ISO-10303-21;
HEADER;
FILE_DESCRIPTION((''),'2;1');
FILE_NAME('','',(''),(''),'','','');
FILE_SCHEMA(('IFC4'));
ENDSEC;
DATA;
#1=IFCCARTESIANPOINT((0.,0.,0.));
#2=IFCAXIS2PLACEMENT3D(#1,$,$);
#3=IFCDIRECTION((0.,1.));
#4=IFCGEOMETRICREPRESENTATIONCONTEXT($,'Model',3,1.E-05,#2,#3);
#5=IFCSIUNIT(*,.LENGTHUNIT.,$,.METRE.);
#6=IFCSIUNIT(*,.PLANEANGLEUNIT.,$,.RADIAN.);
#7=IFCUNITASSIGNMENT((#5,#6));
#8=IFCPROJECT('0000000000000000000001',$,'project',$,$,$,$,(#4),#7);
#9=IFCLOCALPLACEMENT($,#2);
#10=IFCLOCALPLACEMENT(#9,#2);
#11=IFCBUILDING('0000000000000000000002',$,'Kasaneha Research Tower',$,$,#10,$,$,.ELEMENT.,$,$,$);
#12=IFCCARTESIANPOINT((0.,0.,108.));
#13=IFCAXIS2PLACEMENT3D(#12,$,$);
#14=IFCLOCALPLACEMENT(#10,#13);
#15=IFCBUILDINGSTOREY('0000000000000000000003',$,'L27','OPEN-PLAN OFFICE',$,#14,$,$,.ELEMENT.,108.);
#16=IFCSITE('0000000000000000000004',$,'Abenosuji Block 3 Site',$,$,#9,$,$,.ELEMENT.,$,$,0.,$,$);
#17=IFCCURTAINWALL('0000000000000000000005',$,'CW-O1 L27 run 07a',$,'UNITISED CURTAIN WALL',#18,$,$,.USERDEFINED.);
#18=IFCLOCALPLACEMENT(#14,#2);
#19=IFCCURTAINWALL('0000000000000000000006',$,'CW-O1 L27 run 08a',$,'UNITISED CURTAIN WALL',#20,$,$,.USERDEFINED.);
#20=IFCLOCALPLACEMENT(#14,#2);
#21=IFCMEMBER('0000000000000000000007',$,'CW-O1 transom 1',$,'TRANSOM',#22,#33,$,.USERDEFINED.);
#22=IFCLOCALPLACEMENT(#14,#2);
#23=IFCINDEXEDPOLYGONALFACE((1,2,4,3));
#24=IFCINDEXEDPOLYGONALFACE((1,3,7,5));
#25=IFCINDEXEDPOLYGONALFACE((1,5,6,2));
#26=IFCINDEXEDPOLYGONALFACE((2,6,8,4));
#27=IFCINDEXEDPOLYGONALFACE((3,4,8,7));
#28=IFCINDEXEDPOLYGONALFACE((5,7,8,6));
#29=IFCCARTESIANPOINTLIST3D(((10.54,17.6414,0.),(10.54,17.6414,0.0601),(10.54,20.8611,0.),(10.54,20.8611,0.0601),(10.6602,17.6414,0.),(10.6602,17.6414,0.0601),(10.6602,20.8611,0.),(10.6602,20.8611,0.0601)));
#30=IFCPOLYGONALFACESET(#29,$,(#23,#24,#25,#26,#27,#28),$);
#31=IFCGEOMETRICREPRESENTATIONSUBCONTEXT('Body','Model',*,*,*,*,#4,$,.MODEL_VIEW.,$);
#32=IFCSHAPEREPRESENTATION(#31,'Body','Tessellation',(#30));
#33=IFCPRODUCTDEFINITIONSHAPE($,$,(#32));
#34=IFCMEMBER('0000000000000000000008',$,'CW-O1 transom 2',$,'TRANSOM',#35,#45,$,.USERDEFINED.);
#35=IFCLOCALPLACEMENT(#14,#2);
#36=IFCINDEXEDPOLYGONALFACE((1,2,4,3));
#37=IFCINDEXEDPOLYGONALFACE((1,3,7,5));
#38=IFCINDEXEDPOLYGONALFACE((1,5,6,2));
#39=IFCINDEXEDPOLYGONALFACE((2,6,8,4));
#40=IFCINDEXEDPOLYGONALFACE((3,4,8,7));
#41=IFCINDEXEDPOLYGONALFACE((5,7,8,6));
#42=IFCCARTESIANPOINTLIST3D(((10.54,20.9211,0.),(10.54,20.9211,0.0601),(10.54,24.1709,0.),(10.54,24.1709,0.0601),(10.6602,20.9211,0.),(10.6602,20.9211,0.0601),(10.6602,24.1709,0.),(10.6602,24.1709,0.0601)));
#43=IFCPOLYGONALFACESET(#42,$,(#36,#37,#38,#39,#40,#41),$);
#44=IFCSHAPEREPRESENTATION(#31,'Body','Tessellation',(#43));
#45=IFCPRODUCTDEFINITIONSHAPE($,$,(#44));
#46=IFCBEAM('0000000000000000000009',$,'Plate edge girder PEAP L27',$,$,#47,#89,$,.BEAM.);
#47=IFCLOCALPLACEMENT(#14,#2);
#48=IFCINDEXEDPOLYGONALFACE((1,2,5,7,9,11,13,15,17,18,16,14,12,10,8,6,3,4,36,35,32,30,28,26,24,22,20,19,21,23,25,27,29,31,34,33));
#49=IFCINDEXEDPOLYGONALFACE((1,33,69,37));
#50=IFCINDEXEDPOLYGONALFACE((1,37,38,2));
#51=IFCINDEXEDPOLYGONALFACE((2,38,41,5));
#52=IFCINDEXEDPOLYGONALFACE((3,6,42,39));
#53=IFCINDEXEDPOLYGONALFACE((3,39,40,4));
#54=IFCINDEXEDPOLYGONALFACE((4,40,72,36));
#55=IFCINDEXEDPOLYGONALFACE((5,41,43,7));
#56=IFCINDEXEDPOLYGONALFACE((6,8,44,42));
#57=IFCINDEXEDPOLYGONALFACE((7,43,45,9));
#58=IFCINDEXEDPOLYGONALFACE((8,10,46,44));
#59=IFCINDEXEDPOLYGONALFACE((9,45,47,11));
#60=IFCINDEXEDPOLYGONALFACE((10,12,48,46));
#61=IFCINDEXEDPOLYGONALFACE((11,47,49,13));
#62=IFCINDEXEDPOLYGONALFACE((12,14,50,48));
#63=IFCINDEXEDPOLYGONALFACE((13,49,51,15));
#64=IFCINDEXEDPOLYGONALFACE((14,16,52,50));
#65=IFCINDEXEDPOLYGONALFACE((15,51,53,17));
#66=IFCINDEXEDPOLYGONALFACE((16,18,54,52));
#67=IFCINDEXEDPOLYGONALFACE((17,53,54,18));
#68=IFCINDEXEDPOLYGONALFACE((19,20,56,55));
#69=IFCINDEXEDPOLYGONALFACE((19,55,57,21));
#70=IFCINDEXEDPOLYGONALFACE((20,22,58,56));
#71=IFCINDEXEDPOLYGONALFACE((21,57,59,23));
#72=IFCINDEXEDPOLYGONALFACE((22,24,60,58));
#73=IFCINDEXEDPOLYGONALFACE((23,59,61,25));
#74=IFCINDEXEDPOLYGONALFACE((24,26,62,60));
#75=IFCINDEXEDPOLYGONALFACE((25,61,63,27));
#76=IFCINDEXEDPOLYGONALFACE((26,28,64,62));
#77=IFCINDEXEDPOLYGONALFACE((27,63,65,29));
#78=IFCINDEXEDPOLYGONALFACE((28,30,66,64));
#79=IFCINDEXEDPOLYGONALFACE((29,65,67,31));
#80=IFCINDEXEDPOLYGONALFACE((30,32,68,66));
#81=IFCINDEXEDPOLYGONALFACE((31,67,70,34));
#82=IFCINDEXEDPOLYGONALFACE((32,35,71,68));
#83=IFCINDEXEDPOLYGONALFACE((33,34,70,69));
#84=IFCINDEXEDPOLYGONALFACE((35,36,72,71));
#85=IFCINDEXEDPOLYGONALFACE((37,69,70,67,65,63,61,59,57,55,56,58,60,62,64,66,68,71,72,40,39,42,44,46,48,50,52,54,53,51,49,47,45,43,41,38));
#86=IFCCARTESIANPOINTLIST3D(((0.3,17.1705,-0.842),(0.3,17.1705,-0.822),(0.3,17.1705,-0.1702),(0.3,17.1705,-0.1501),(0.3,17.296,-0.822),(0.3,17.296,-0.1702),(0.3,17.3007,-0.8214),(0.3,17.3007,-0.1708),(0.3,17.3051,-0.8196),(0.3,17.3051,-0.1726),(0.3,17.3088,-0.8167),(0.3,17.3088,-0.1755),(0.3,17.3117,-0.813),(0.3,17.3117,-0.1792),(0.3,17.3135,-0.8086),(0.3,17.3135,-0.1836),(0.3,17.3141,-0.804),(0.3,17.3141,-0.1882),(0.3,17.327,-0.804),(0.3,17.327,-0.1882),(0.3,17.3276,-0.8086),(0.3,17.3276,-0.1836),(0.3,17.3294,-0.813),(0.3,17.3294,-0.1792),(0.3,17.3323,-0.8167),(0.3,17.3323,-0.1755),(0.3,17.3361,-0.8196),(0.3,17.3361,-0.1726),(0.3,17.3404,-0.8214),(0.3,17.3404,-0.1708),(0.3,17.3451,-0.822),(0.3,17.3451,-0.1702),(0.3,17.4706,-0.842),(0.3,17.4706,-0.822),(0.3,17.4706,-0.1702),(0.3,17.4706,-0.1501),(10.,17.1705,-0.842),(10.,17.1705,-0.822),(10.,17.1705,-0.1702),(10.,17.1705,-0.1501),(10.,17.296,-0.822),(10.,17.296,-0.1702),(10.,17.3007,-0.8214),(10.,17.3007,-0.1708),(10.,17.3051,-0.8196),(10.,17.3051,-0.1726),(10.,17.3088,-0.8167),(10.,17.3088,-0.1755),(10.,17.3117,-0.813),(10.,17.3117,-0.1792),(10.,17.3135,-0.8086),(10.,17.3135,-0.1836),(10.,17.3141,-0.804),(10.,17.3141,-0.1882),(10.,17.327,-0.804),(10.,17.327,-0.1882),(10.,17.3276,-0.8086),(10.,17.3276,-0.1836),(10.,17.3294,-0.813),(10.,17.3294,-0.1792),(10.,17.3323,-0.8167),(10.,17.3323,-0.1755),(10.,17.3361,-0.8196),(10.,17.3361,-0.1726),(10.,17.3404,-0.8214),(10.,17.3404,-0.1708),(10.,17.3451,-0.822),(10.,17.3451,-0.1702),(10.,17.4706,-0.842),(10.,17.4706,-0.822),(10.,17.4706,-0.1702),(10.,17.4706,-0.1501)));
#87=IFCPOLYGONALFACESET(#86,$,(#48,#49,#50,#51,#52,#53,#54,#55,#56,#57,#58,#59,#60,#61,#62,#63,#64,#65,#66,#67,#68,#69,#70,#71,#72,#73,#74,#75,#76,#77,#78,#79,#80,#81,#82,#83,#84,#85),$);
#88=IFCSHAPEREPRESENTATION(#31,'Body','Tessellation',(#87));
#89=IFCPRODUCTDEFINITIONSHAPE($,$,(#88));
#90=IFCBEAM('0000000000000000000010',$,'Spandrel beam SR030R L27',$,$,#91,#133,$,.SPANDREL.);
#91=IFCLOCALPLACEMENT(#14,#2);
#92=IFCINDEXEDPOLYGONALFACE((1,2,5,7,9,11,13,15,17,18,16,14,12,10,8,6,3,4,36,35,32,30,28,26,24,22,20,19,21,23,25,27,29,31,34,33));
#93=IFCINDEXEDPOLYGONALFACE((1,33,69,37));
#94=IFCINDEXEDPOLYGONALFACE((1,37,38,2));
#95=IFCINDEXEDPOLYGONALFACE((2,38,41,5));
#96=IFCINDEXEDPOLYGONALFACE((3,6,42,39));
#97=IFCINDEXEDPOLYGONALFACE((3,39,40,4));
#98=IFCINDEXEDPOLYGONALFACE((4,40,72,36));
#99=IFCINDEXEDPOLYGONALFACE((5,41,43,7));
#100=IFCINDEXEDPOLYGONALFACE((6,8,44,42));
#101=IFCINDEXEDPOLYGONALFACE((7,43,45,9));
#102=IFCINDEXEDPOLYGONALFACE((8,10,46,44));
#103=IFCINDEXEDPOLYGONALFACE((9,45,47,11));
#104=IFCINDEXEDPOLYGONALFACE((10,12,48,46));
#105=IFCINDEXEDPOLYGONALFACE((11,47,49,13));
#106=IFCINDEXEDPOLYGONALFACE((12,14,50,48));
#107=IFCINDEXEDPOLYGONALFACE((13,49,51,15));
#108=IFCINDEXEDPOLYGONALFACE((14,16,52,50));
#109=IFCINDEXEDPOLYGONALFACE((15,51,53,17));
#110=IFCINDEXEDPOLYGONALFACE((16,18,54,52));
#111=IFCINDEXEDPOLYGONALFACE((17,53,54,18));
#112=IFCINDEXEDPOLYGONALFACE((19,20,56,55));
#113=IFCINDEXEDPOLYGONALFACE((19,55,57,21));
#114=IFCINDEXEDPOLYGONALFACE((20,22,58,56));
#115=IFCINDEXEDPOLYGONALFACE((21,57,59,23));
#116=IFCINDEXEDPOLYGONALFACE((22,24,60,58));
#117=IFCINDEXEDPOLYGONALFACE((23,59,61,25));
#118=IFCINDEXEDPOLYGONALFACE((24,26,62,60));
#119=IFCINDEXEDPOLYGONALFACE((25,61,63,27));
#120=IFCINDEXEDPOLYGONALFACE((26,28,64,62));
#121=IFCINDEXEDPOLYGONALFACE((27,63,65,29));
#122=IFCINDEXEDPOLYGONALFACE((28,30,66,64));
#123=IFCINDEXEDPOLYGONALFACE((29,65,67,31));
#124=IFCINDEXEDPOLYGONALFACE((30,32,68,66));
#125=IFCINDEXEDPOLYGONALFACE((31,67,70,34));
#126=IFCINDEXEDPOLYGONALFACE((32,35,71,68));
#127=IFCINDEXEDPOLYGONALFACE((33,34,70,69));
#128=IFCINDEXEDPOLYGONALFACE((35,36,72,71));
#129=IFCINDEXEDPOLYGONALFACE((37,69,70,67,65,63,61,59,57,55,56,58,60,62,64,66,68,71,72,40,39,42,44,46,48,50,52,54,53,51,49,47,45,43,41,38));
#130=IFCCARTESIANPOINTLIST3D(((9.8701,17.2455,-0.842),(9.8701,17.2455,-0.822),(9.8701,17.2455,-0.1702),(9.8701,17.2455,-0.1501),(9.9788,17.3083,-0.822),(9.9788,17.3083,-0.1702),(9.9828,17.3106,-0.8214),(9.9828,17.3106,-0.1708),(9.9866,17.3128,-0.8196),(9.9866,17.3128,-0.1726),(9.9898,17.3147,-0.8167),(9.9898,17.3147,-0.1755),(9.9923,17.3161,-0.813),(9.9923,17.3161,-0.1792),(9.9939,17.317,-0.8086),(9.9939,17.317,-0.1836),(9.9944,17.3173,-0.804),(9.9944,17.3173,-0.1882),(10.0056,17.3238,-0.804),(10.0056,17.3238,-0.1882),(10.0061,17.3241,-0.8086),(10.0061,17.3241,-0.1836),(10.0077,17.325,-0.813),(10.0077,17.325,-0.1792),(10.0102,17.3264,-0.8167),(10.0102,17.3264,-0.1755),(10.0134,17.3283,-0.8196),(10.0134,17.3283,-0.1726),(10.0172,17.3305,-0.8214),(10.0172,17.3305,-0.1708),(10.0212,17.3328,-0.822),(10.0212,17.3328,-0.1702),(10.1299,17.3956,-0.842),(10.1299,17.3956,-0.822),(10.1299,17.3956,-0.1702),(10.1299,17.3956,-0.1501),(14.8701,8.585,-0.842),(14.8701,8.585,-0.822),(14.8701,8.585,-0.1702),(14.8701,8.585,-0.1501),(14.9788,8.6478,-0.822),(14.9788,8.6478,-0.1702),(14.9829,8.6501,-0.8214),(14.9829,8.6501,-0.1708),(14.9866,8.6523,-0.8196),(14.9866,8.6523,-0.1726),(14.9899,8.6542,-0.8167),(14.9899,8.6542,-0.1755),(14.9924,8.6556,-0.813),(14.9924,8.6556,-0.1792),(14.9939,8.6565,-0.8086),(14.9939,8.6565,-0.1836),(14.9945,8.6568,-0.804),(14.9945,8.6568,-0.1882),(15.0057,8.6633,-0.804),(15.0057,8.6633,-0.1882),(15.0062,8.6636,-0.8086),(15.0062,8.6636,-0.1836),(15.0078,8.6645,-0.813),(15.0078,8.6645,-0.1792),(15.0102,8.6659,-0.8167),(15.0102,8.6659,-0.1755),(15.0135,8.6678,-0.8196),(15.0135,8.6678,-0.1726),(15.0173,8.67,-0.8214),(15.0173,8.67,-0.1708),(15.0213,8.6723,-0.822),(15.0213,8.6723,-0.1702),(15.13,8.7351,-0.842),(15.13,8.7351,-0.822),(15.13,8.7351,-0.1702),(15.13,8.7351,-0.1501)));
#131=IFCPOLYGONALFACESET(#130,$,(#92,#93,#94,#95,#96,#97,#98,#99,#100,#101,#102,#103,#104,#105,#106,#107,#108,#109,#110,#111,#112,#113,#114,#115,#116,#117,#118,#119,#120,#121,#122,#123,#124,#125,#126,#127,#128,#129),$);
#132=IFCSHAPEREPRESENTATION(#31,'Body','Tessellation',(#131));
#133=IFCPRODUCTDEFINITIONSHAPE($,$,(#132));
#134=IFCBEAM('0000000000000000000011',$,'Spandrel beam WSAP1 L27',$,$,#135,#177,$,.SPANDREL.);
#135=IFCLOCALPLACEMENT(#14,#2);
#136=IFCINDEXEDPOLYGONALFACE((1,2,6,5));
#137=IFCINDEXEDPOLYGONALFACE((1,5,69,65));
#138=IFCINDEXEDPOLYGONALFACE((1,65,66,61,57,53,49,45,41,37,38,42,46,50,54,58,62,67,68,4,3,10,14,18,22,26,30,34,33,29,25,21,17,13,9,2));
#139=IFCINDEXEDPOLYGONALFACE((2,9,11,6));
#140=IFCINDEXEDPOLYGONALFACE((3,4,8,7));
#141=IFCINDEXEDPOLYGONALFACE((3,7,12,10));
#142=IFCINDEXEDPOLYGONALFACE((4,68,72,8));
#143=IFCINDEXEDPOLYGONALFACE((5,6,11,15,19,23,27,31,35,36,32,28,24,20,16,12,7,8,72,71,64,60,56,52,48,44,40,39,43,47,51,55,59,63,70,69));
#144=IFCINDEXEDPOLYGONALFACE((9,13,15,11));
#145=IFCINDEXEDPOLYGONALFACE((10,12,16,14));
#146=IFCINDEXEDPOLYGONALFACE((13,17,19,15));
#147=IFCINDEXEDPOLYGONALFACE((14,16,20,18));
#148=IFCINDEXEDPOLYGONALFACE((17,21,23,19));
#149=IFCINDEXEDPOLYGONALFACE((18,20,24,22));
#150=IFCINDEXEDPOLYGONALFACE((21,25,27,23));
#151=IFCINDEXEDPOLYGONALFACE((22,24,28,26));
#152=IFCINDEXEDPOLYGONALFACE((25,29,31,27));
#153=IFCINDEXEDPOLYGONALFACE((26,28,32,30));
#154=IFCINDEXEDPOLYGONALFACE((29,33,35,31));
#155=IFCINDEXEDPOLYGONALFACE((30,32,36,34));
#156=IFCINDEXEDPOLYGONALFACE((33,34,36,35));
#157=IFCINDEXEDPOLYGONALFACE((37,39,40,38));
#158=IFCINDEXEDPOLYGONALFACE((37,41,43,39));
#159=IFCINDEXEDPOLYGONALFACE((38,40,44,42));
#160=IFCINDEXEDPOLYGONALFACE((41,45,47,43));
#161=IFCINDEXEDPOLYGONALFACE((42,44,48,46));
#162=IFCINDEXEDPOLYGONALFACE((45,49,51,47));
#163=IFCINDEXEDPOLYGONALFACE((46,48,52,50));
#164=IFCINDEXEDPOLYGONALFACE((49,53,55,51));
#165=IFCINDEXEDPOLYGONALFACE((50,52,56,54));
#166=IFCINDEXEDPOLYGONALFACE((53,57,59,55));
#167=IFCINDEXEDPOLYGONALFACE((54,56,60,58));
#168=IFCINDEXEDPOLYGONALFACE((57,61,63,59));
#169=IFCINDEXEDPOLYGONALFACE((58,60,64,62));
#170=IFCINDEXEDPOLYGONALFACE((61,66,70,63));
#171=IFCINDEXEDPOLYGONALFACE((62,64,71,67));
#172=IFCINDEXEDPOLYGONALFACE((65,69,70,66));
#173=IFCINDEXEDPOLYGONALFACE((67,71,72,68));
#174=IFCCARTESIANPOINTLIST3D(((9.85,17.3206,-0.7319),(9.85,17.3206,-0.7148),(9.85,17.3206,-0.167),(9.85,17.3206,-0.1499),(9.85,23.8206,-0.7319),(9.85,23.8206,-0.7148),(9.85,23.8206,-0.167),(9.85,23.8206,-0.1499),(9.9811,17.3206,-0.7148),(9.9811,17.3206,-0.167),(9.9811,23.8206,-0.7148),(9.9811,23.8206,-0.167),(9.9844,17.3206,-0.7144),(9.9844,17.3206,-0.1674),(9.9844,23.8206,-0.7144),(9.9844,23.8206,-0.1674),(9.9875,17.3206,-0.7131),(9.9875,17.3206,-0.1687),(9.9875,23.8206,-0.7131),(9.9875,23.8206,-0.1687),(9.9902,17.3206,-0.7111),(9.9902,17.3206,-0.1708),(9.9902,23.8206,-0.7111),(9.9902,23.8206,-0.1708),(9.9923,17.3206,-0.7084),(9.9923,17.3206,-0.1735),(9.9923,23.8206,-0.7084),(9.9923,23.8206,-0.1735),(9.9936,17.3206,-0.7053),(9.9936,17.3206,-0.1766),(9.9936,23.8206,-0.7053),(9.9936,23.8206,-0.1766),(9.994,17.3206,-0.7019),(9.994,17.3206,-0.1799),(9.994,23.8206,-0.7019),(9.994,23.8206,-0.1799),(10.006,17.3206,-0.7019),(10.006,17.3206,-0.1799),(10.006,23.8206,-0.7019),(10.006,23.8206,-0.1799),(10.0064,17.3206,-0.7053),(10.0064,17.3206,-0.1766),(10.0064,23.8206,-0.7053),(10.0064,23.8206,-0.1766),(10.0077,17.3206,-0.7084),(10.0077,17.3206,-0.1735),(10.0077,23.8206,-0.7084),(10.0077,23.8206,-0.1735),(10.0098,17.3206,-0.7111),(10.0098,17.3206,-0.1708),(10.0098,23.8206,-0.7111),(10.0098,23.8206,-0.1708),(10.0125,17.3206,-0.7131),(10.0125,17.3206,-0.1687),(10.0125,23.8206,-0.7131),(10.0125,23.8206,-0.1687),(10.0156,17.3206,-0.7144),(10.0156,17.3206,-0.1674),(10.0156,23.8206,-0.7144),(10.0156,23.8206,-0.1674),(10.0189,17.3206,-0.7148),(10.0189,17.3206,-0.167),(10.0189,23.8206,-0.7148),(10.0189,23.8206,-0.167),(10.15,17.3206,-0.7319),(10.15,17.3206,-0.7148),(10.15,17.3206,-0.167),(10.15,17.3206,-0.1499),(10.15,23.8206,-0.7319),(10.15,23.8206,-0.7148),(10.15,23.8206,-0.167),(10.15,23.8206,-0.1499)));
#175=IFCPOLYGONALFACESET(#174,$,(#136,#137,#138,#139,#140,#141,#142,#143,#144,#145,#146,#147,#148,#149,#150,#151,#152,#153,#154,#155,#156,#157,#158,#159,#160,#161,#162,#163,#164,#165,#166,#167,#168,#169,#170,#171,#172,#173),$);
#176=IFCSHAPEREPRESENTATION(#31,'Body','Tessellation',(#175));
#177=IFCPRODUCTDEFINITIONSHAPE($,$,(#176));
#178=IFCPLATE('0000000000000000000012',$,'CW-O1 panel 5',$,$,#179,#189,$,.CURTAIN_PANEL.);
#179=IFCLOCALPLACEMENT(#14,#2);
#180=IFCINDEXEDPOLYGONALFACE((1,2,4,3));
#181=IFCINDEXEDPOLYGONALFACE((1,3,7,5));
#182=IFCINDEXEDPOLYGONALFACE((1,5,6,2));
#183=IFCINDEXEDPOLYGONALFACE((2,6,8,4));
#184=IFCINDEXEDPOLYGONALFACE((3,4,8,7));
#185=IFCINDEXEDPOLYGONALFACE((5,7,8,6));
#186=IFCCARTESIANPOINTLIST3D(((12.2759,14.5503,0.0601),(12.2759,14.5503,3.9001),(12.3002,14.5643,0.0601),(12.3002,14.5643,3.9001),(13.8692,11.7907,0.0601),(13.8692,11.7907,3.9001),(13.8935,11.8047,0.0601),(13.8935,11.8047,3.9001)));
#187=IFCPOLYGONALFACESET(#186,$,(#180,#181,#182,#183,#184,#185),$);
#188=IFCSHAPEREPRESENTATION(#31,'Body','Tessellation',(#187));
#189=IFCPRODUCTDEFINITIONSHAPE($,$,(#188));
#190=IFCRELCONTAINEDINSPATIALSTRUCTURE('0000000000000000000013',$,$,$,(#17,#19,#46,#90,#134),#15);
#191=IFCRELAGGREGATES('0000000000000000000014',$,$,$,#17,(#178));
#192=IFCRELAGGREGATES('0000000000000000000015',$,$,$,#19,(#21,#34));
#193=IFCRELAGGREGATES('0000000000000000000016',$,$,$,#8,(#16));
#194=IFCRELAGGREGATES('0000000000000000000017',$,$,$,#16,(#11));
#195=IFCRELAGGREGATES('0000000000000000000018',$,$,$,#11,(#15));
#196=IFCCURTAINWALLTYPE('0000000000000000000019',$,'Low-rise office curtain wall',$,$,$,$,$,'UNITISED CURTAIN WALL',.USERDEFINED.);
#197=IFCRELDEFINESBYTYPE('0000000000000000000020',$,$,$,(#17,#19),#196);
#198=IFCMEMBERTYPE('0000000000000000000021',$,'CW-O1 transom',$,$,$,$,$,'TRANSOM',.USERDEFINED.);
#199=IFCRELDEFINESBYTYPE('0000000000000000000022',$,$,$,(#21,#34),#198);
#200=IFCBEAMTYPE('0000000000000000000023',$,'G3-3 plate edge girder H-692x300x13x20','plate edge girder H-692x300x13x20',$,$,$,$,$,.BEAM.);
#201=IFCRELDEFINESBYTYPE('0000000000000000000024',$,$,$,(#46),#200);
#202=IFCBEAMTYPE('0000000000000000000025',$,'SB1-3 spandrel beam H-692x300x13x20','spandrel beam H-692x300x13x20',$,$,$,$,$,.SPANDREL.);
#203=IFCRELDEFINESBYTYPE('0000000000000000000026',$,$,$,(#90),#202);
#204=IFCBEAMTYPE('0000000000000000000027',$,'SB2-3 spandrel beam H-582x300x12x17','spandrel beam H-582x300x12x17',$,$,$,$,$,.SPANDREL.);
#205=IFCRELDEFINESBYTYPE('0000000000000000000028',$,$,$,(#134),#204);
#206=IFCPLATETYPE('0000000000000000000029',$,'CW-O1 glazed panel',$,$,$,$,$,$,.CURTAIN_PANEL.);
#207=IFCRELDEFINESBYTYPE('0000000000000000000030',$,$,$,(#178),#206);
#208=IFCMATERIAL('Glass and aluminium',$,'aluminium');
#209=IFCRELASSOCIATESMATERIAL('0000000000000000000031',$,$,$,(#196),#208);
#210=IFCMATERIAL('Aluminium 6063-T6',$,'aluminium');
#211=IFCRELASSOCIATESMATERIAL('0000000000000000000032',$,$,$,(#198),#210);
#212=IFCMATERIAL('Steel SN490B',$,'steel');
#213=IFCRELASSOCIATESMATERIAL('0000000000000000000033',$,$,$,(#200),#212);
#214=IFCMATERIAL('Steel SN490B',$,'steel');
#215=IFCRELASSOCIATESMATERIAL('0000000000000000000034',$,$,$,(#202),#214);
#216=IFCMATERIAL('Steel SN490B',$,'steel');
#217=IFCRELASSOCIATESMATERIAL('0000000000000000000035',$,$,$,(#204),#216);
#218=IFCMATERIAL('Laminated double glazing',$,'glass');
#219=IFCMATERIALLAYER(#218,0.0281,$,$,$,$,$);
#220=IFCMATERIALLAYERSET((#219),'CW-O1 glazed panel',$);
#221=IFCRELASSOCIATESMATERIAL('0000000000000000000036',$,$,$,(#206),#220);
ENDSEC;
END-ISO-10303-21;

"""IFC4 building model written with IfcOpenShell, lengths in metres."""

from ifc_helpers import new_model, si_unit, direction, frame, origin, origin_2d, place, context, subcontext, project, spatial, rectangle, i_section, extrude, material, layer, layer_set, material_profile, profile_set, type_object, element, aggregate, save


model = new_model("IFC4")

# Units and contexts
model_context = context("Model", 3, precision=1e-05, world=origin(), true_north=direction((0.0, 1.0)))
body_context = subcontext(model_context, "Body", "Model", "MODEL_VIEW")
ifc_project = project(units=[si_unit("LENGTHUNIT", "METRE"), si_unit("PLANEANGLEUNIT", "RADIAN")], contexts=[model_context])

# Site, building, storey
site_placement = place(None, origin())
site = spatial("IfcSite", under=ifc_project, at=site_placement, Name="Abenosuji Block 3 Site", CompositionType="ELEMENT", RefElevation=0.0)
building_placement = place(site_placement, origin())
building = spatial("IfcBuilding", under=site, at=building_placement, Name="Kasaneha Research Tower", CompositionType="ELEMENT")
storey_placement = place(building_placement, frame((0.0, 0.0, 108.0)))
storey = spatial("IfcBuildingStorey", under=building, at=storey_placement, Name="L27", Description="OPEN-PLAN OFFICE", CompositionType="ELEMENT", Elevation=108.0)

# Curtain walls
ifc_material_1 = material(Name="Glass and aluminium", Category="aluminium")
curtain_wall_type = type_object("IfcCurtainWallType", Name="Low-rise office curtain wall", ElementType="UNITISED CURTAIN WALL", PredefinedType="USERDEFINED", material=ifc_material_1)
curtain_wall_1_placement = place(storey_placement, origin())
curtain_wall_1 = element("IfcCurtainWall", 1, at=curtain_wall_1_placement, inside=storey, type_object=curtain_wall_type, Name="CW-O1 L27 run 07a", ObjectType="UNITISED CURTAIN WALL", PredefinedType="USERDEFINED")
curtain_wall_2_placement = place(storey_placement, origin())
curtain_wall_2 = element("IfcCurtainWall", 2, at=curtain_wall_2_placement, inside=storey, type_object=curtain_wall_type, Name="CW-O1 L27 run 08a", ObjectType="UNITISED CURTAIN WALL", PredefinedType="USERDEFINED")

# Members
ifc_material_2 = material(Name="Aluminium 6063-T6", Category="aluminium")
ifc_material_profile_1 = material_profile(ifc_material_2, rectangle(XDim=0.1201, YDim=0.0601, at=origin_2d()), Name="CW-O1 transom 120x60")
ifc_profile_set_1 = profile_set([ifc_material_profile_1], Name="Aluminium 6063-T6")
member_type_1 = type_object("IfcMemberType", Name="CW-O1 transom", ElementType="TRANSOM", PredefinedType="USERDEFINED", material=ifc_profile_set_1)
member_1_placement = place(storey_placement, frame((10.6001, 17.6414, 0.03), z_axis=(0.0, 1.0, 0.0), x_axis=(-1.0, 0.0, 0.0)))
member_1 = element("IfcMember", 3, at=member_1_placement, type_object=member_type_1, Name="CW-O1 transom 1", ObjectType="TRANSOM", PredefinedType="USERDEFINED", context=body_context, shape_type="SweptSolid", body=[
    extrude(rectangle(XDim=0.1201, YDim=0.0601, at=origin_2d()), origin(), (0.0, 0.0, 1.0), 3.2197),
])
member_2_placement = place(storey_placement, frame((10.6001, 20.9211, 0.03), z_axis=(0.0, 1.0, 0.0), x_axis=(-1.0, 0.0, 0.0)))
member_2 = element("IfcMember", 4, at=member_2_placement, type_object=member_type_1, Name="CW-O1 transom 2", ObjectType="TRANSOM", PredefinedType="USERDEFINED", context=body_context, shape_type="SweptSolid", body=[
    extrude(rectangle(XDim=0.1201, YDim=0.0601, at=origin_2d()), origin(), (0.0, 0.0, 1.0), 3.2498),
])

# Beams
ifc_material_3 = material(Name="Steel SN490B", Category="steel")
ifc_material_profile_2 = material_profile(ifc_material_3, i_section(OverallWidth=0.3, OverallDepth=0.6919, WebThickness=0.0129, FlangeThickness=0.02, FilletRadius=0.0181, at=origin_2d()), Name="H-692x300x13x20")
ifc_profile_set_2 = profile_set([ifc_material_profile_2], Name="Steel SN490B")
beam_type_1 = type_object("IfcBeamType", Name="G3-3 plate edge girder H-692x300x13x20", Description="plate edge girder H-692x300x13x20", PredefinedType="BEAM", material=ifc_profile_set_2)
beam_1_placement = place(storey_placement, frame((10.0, 17.3206, -0.4961), z_axis=(-1.0, 0.0, 0.0), x_axis=(0.0, -1.0, 0.0)))
element("IfcBeam", 5, at=beam_1_placement, inside=storey, type_object=beam_type_1, Name="Plate edge girder PEAP L27", PredefinedType="BEAM", context=body_context, shape_type="SweptSolid", body=[
    extrude(i_section(OverallWidth=0.3, OverallDepth=0.6919, WebThickness=0.0129, FlangeThickness=0.02, FilletRadius=0.0181, at=origin_2d()), origin(), (0.0, 0.0, 1.0), 9.7),
])
ifc_material_4 = material(Name="Steel SN490B", Category="steel")
ifc_material_profile_3 = material_profile(ifc_material_4, i_section(OverallWidth=0.3, OverallDepth=0.6919, WebThickness=0.0129, FlangeThickness=0.02, FilletRadius=0.0181, at=origin_2d()), Name="H-692x300x13x20")
ifc_profile_set_3 = profile_set([ifc_material_profile_3], Name="Steel SN490B")
beam_type_2 = type_object("IfcBeamType", Name="SB1-3 spandrel beam H-692x300x13x20", Description="spandrel beam H-692x300x13x20", PredefinedType="SPANDREL", material=ifc_profile_set_3)
beam_2_placement = place(storey_placement, frame((10.0, 17.3206, -0.4961), z_axis=(0.499994, -0.866029, 0.0), x_axis=(0.866029, 0.499994, 0.0)))
element("IfcBeam", 6, at=beam_2_placement, inside=storey, type_object=beam_type_2, Name="Spandrel beam SR030R L27", PredefinedType="SPANDREL", context=body_context, shape_type="SweptSolid", body=[
    extrude(i_section(OverallWidth=0.3, OverallDepth=0.6919, WebThickness=0.0129, FlangeThickness=0.02, FilletRadius=0.0181, at=origin_2d()), origin(), (0.0, 0.0, 1.0), 10.0002),
])
ifc_material_5 = material(Name="Steel SN490B", Category="steel")
ifc_material_profile_4 = material_profile(ifc_material_5, i_section(OverallWidth=0.3, OverallDepth=0.582, WebThickness=0.012, FlangeThickness=0.0171, FilletRadius=0.0129, at=origin_2d()), Name="H-582x300x12x17")
ifc_profile_set_4 = profile_set([ifc_material_profile_4], Name="Steel SN490B")
beam_type_3 = type_object("IfcBeamType", Name="SB2-3 spandrel beam H-582x300x12x17", Description="spandrel beam H-582x300x12x17", PredefinedType="SPANDREL", material=ifc_profile_set_4)
beam_3_placement = place(storey_placement, frame((10.0, 17.3206, -0.4409), z_axis=(0.0, 1.0, 0.0), x_axis=(-1.0, 0.0, 0.0)))
element("IfcBeam", 7, at=beam_3_placement, inside=storey, type_object=beam_type_3, Name="Spandrel beam WSAP1 L27", PredefinedType="SPANDREL", context=body_context, shape_type="SweptSolid", body=[
    extrude(i_section(OverallWidth=0.3, OverallDepth=0.582, WebThickness=0.012, FlangeThickness=0.0171, FilletRadius=0.0129, at=origin_2d()), origin(), (0.0, 0.0, 1.0), 6.5),
])

# Plate
ifc_material_6 = material(Name="Laminated double glazing", Category="glass")
ifc_layer_1 = layer(ifc_material_6, 0.0281)
ifc_layer_set_1 = layer_set([ifc_layer_1], Name="CW-O1 glazed panel")
plate_type = type_object("IfcPlateType", Name="CW-O1 glazed panel", PredefinedType="CURTAIN_PANEL", material=ifc_layer_set_1)
plate_1_placement = place(storey_placement, frame((13.0847, 13.1775, 0.0601), z_axis=(0.0, 0.0, 1.0), x_axis=(-0.5, 0.866025, 0.0)))
plate_1 = element("IfcPlate", 8, at=plate_1_placement, type_object=plate_type, Name="CW-O1 panel 5", PredefinedType="CURTAIN_PANEL", context=body_context, shape_type="SweptSolid", body=[
    extrude(rectangle(XDim=3.1865, YDim=0.0281, at=origin_2d()), origin(), (0.0, 0.0, 1.0), 3.8401),
])
aggregate(curtain_wall_1, [plate_1])
aggregate(curtain_wall_2, [member_1, member_2])

save(model, "model.ifc")
